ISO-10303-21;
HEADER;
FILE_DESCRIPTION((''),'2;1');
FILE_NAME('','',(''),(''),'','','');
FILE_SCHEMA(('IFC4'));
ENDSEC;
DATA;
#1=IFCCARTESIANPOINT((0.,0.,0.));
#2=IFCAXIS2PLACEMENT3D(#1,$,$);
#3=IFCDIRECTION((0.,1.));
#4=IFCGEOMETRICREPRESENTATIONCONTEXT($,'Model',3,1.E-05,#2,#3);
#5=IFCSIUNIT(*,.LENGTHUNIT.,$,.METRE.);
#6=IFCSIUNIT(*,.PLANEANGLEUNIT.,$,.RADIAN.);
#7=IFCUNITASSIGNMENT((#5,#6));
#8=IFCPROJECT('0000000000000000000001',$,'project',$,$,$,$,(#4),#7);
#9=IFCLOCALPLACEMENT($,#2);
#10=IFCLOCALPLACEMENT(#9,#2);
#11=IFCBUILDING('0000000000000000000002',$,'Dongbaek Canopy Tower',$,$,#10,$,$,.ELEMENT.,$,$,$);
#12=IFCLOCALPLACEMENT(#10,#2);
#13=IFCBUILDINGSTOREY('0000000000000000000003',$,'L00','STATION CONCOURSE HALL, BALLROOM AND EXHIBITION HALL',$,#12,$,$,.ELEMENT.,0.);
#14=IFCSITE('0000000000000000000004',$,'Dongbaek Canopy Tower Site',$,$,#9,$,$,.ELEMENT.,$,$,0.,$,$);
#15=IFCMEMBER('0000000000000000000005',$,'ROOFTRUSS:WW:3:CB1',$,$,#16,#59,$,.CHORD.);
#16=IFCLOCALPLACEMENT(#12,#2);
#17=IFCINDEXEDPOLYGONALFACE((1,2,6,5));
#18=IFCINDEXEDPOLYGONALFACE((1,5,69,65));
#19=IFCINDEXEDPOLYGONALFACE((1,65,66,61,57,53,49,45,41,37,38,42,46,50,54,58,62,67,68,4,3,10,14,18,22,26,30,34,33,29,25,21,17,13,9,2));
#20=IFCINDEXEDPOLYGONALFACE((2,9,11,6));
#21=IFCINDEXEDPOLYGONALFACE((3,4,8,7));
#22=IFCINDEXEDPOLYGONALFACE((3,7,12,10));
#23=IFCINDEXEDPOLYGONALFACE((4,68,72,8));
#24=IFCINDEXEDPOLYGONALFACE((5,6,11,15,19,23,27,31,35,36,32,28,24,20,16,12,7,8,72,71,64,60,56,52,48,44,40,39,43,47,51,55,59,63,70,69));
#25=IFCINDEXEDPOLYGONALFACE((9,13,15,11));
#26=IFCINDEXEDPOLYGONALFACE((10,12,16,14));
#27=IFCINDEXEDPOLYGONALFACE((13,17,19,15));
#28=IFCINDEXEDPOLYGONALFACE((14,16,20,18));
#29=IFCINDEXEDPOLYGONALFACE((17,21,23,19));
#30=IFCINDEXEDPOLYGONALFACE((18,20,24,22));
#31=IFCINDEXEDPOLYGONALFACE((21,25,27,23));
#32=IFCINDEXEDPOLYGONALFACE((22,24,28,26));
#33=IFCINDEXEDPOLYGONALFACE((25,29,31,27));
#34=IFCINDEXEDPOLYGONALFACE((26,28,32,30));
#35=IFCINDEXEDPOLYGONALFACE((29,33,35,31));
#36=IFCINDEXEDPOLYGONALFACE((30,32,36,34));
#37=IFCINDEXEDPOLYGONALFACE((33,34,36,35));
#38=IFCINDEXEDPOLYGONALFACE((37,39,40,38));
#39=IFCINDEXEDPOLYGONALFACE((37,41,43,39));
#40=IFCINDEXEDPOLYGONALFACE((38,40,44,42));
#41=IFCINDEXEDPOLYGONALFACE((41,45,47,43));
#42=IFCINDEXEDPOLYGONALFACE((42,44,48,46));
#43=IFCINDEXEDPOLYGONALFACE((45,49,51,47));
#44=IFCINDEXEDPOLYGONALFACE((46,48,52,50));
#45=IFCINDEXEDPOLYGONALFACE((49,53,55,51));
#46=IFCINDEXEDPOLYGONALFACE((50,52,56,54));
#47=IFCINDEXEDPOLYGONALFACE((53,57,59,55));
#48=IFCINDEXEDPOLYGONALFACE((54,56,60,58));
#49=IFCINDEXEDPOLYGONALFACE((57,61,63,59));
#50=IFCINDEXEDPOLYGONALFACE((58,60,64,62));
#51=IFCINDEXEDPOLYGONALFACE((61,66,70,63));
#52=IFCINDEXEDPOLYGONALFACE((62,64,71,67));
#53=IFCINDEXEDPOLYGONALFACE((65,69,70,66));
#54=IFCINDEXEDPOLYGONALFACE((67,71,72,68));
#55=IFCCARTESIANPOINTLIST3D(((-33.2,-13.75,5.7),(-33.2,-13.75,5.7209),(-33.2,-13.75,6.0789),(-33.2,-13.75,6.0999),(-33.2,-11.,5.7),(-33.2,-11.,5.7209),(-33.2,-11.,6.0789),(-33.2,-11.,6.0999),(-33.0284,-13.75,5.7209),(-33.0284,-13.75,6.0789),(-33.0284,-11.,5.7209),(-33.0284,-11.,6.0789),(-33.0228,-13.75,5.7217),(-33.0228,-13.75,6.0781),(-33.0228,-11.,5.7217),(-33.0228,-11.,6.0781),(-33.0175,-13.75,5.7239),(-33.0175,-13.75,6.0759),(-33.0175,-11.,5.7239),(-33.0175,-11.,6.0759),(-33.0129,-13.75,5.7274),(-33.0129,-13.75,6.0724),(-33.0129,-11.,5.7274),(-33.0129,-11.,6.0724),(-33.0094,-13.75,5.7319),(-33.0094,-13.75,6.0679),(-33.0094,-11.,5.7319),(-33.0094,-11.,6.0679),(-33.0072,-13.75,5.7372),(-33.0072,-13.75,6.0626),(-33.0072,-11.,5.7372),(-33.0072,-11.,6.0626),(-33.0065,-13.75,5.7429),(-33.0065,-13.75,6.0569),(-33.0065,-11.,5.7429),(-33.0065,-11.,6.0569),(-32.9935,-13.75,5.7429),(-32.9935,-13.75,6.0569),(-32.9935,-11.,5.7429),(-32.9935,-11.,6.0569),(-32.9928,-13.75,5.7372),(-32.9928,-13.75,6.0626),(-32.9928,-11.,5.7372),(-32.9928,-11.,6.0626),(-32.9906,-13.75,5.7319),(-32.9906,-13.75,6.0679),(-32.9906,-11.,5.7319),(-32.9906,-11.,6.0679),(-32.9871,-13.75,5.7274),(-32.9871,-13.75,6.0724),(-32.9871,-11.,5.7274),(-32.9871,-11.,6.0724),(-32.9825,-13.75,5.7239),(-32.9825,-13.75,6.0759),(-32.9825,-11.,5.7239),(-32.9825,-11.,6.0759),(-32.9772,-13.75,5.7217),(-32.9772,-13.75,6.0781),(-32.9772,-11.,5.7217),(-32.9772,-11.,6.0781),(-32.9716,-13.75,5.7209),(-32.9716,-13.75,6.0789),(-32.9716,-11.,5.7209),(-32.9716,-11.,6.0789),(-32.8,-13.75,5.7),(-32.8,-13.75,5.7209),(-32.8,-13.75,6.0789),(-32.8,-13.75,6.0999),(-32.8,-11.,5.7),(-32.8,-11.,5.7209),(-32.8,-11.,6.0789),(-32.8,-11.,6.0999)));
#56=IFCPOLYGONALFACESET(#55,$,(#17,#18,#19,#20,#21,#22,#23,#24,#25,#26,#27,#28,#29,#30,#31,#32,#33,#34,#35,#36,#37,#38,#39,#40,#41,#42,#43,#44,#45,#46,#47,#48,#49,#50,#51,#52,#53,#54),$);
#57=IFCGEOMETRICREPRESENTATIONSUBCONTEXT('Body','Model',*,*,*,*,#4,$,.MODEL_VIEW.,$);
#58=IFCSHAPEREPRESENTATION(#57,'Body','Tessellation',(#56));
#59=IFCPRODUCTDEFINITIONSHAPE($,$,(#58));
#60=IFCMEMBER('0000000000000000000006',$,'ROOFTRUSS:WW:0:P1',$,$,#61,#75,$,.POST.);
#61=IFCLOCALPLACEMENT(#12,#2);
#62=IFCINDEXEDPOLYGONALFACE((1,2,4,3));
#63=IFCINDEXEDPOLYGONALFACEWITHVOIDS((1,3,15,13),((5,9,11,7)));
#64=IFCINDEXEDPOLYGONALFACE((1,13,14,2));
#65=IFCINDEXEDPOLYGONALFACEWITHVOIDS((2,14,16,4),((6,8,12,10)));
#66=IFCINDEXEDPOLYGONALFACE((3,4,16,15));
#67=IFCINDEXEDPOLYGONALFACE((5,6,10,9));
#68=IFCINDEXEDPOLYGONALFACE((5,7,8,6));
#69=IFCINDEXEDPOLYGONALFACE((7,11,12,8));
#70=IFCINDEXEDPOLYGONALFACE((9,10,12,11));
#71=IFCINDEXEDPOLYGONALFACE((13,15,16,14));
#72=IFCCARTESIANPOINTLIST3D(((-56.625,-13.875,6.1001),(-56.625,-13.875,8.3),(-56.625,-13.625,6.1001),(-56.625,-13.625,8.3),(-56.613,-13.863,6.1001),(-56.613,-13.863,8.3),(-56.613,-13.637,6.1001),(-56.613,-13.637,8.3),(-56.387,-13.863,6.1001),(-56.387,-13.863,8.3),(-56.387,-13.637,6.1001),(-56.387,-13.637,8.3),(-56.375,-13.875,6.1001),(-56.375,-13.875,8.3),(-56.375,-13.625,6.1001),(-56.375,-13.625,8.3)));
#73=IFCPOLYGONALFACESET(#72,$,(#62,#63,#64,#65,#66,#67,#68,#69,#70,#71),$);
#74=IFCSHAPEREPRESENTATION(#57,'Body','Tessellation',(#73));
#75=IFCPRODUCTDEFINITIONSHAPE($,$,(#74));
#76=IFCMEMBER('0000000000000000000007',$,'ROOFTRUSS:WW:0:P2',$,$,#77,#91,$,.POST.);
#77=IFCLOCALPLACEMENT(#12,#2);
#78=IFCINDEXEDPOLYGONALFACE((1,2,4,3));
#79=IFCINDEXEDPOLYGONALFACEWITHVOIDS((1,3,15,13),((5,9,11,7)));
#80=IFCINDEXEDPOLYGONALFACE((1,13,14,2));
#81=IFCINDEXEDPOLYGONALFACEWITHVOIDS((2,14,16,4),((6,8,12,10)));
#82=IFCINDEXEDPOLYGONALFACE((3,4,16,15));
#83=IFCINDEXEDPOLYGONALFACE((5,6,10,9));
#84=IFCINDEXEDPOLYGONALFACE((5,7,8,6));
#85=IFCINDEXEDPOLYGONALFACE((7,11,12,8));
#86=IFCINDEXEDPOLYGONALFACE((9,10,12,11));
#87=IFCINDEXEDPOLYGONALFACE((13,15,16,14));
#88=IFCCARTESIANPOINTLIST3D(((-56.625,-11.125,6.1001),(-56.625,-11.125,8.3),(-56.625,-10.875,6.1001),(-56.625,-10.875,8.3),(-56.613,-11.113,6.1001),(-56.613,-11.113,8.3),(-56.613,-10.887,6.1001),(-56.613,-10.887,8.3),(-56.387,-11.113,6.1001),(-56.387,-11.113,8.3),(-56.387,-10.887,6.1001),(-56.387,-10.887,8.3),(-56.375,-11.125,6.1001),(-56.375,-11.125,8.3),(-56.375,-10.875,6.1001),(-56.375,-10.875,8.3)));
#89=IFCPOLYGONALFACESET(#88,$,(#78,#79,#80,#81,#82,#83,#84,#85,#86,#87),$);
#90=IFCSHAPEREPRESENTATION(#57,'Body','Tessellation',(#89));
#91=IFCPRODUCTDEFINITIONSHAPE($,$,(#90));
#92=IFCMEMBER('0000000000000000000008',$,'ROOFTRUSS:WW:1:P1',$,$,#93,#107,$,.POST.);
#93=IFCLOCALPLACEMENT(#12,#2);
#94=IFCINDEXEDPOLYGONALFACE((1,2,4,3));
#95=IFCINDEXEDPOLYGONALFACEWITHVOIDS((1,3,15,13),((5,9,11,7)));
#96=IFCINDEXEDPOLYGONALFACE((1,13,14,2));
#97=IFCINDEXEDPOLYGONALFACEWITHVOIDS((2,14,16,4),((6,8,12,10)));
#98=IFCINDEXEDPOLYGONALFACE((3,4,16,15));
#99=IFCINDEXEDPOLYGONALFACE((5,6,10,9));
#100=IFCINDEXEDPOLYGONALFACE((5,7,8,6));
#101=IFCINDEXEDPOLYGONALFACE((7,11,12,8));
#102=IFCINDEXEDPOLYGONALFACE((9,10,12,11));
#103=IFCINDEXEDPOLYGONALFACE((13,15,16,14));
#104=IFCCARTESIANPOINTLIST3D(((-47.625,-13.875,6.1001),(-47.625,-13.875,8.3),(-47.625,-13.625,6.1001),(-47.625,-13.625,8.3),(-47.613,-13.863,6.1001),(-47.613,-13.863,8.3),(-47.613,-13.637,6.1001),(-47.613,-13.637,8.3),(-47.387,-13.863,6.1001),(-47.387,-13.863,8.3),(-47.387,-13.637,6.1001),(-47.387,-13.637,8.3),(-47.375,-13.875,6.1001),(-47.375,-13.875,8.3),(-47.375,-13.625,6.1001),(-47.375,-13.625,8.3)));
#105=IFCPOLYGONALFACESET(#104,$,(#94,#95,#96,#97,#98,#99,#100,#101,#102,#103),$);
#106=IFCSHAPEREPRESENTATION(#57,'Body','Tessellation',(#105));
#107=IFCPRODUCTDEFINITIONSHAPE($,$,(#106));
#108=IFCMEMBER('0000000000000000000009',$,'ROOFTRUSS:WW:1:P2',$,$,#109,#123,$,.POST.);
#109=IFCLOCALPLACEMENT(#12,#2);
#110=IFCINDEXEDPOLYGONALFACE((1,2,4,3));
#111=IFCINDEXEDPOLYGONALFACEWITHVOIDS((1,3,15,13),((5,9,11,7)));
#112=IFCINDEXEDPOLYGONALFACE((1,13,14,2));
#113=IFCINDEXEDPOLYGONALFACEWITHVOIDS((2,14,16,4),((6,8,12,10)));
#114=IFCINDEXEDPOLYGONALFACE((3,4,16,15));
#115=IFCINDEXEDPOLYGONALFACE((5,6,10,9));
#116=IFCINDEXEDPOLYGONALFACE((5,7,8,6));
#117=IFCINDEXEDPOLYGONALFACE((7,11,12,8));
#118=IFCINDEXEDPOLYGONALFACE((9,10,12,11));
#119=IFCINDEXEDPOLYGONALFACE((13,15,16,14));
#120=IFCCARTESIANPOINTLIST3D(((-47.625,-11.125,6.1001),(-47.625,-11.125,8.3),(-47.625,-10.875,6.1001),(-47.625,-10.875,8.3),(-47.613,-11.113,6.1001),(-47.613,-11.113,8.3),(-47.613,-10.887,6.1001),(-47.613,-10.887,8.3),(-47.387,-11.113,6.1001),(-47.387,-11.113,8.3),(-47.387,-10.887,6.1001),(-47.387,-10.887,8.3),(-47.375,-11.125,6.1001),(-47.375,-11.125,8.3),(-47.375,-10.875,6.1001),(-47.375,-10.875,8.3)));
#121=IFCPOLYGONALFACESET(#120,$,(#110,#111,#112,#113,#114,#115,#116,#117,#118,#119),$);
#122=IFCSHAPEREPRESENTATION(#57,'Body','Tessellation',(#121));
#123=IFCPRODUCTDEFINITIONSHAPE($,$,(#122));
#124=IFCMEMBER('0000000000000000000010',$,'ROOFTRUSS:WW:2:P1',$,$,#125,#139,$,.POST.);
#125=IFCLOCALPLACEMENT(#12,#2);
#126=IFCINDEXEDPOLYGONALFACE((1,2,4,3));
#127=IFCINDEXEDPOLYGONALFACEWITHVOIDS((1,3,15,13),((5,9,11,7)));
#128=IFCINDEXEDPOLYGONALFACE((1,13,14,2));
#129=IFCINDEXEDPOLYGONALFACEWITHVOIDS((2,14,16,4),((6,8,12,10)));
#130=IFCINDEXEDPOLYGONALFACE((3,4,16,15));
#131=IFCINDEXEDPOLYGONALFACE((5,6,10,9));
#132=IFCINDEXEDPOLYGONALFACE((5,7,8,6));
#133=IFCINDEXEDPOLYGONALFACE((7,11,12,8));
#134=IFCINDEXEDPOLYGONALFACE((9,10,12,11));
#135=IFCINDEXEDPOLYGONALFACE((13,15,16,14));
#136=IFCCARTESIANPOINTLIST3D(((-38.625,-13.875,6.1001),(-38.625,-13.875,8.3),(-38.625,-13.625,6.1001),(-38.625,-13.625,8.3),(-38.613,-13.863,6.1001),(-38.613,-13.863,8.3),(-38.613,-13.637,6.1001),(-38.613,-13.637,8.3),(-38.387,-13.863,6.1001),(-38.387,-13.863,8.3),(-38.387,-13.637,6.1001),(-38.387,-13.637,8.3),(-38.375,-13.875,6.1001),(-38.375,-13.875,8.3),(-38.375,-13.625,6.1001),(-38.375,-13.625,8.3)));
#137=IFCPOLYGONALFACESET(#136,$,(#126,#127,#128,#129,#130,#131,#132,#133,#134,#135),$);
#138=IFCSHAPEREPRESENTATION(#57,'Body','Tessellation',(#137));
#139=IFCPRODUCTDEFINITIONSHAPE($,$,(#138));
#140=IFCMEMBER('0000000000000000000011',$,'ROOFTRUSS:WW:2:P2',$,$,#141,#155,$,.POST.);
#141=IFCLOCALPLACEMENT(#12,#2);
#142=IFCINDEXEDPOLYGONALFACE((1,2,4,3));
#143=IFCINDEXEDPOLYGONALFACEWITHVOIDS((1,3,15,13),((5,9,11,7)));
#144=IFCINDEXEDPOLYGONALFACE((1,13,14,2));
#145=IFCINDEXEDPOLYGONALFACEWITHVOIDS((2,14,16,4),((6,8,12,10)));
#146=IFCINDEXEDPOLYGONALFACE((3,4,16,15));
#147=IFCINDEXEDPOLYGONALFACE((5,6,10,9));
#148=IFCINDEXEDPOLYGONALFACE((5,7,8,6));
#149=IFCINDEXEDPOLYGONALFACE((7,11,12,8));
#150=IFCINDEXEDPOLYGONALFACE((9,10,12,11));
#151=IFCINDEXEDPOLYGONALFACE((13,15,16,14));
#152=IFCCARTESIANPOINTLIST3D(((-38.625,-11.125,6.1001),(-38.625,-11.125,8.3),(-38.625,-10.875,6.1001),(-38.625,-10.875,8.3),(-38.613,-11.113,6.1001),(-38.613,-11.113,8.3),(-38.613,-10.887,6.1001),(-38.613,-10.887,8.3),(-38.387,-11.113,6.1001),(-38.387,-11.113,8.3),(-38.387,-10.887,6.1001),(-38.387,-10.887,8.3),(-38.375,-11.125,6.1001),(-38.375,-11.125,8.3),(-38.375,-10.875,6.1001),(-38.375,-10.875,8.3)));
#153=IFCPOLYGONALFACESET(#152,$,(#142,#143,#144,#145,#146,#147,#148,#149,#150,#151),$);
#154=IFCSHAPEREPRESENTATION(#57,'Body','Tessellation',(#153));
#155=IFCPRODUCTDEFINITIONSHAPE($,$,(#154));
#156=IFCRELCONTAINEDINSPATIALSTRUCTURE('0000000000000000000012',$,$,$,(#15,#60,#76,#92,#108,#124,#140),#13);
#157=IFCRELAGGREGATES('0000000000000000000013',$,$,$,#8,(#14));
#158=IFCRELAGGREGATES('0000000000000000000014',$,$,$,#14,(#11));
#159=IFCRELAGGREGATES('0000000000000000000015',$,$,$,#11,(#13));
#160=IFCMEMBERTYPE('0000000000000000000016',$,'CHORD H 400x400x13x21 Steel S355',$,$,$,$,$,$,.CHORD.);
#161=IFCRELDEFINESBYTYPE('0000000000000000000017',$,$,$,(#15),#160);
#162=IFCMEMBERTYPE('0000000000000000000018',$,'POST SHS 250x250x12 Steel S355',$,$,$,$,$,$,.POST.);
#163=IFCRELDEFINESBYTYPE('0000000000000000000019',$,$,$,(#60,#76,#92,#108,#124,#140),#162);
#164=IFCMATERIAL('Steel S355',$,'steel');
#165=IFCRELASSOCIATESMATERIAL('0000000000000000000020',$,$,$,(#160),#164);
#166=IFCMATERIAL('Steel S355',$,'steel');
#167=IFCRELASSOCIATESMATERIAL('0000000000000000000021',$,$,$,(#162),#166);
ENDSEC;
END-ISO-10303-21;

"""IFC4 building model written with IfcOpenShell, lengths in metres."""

from ifc_helpers import new_model, si_unit, direction, frame, origin, origin_2d, place, context, subcontext, project, spatial, hollow_rectangle, i_section, extrude, material, material_profile, profile_set, type_object, element, save


model = new_model("IFC4")

# Units and contexts
model_context = context("Model", 3, precision=1e-05, world=origin(), true_north=direction((0.0, 1.0)))
body_context = subcontext(model_context, "Body", "Model", "MODEL_VIEW")
ifc_project = project(units=[si_unit("LENGTHUNIT", "METRE"), si_unit("PLANEANGLEUNIT", "RADIAN")], contexts=[model_context])

# Site, building, storey
site_placement = place(None, origin())
site = spatial("IfcSite", under=ifc_project, at=site_placement, Name="Dongbaek Canopy Tower Site", CompositionType="ELEMENT", RefElevation=0.0)
building_placement = place(site_placement, origin())
building = spatial("IfcBuilding", under=site, at=building_placement, Name="Dongbaek Canopy Tower", CompositionType="ELEMENT")
storey_placement = place(building_placement, origin())
storey = spatial("IfcBuildingStorey", under=building, at=storey_placement, Name="L00", Description="STATION CONCOURSE HALL, BALLROOM AND EXHIBITION HALL", CompositionType="ELEMENT", Elevation=0.0)

# Members
ifc_material_1 = material(Name="Steel S355", Category="steel")
ifc_material_profile_1 = material_profile(ifc_material_1, i_section(OverallWidth=0.3999, OverallDepth=0.3999, WebThickness=0.0129, FlangeThickness=0.021, FilletRadius=0.022, at=origin_2d()), Name="CHORD H 400x400x13x21 Steel S355")
ifc_profile_set_1 = profile_set([ifc_material_profile_1], Name="Steel S355")
member_type_1 = type_object("IfcMemberType", Name="CHORD H 400x400x13x21 Steel S355", PredefinedType="CHORD", material=ifc_profile_set_1)
for number, where, z_axis, x_axis, name in (
    (1, (-33.0, -13.75, 5.8999), (0.0, 1.0, 0.0), (-1.0, 0.0, 0.0), "ROOFTRUSS:WW:3:CB1"),
):
    element("IfcMember", number, at=place(storey_placement, frame(where, z_axis=z_axis, x_axis=x_axis)), inside=storey, type_object=member_type_1, Name=name, PredefinedType="CHORD", context=body_context, shape_type="SweptSolid", body=[
        extrude(i_section(OverallWidth=0.3999, OverallDepth=0.3999, WebThickness=0.0129, FlangeThickness=0.021, FilletRadius=0.022, at=origin_2d()), origin(), (0.0, 0.0, 1.0), 2.75),
    ])
ifc_material_2 = material(Name="Steel S355", Category="steel")
ifc_material_profile_2 = material_profile(ifc_material_2, hollow_rectangle(XDim=0.25, YDim=0.25, WallThickness=0.012, at=origin_2d()), Name="POST SHS 250x250x12 Steel S355")
ifc_profile_set_2 = profile_set([ifc_material_profile_2], Name="Steel S355")
member_type_2 = type_object("IfcMemberType", Name="POST SHS 250x250x12 Steel S355", PredefinedType="POST", material=ifc_profile_set_2)
for number, where, z_axis, x_axis, name in (
    (2, (-56.5, -13.75, 6.1001), (0.0, 0.0, 1.0), (1.0, 0.0, 0.0), "ROOFTRUSS:WW:0:P1"),
    (3, (-56.5, -11.0, 6.1001), (0.0, 0.0, 1.0), (1.0, 0.0, 0.0), "ROOFTRUSS:WW:0:P2"),
    (4, (-47.5, -13.75, 6.1001), (0.0, 0.0, 1.0), (1.0, 0.0, 0.0), "ROOFTRUSS:WW:1:P1"),
    (5, (-47.5, -11.0, 6.1001), (0.0, 0.0, 1.0), (1.0, 0.0, 0.0), "ROOFTRUSS:WW:1:P2"),
    (6, (-38.5, -13.75, 6.1001), (0.0, 0.0, 1.0), (1.0, 0.0, 0.0), "ROOFTRUSS:WW:2:P1"),
    (7, (-38.5, -11.0, 6.1001), (0.0, 0.0, 1.0), (1.0, 0.0, 0.0), "ROOFTRUSS:WW:2:P2"),
):
    element("IfcMember", number, at=place(storey_placement, frame(where, z_axis=z_axis, x_axis=x_axis)), inside=storey, type_object=member_type_2, Name=name, PredefinedType="POST", context=body_context, shape_type="SweptSolid", body=[
        extrude(hollow_rectangle(XDim=0.25, YDim=0.25, WallThickness=0.012, at=origin_2d()), origin(), (0.0, 0.0, 1.0), 2.2),
    ])

save(model, "model.ifc")
